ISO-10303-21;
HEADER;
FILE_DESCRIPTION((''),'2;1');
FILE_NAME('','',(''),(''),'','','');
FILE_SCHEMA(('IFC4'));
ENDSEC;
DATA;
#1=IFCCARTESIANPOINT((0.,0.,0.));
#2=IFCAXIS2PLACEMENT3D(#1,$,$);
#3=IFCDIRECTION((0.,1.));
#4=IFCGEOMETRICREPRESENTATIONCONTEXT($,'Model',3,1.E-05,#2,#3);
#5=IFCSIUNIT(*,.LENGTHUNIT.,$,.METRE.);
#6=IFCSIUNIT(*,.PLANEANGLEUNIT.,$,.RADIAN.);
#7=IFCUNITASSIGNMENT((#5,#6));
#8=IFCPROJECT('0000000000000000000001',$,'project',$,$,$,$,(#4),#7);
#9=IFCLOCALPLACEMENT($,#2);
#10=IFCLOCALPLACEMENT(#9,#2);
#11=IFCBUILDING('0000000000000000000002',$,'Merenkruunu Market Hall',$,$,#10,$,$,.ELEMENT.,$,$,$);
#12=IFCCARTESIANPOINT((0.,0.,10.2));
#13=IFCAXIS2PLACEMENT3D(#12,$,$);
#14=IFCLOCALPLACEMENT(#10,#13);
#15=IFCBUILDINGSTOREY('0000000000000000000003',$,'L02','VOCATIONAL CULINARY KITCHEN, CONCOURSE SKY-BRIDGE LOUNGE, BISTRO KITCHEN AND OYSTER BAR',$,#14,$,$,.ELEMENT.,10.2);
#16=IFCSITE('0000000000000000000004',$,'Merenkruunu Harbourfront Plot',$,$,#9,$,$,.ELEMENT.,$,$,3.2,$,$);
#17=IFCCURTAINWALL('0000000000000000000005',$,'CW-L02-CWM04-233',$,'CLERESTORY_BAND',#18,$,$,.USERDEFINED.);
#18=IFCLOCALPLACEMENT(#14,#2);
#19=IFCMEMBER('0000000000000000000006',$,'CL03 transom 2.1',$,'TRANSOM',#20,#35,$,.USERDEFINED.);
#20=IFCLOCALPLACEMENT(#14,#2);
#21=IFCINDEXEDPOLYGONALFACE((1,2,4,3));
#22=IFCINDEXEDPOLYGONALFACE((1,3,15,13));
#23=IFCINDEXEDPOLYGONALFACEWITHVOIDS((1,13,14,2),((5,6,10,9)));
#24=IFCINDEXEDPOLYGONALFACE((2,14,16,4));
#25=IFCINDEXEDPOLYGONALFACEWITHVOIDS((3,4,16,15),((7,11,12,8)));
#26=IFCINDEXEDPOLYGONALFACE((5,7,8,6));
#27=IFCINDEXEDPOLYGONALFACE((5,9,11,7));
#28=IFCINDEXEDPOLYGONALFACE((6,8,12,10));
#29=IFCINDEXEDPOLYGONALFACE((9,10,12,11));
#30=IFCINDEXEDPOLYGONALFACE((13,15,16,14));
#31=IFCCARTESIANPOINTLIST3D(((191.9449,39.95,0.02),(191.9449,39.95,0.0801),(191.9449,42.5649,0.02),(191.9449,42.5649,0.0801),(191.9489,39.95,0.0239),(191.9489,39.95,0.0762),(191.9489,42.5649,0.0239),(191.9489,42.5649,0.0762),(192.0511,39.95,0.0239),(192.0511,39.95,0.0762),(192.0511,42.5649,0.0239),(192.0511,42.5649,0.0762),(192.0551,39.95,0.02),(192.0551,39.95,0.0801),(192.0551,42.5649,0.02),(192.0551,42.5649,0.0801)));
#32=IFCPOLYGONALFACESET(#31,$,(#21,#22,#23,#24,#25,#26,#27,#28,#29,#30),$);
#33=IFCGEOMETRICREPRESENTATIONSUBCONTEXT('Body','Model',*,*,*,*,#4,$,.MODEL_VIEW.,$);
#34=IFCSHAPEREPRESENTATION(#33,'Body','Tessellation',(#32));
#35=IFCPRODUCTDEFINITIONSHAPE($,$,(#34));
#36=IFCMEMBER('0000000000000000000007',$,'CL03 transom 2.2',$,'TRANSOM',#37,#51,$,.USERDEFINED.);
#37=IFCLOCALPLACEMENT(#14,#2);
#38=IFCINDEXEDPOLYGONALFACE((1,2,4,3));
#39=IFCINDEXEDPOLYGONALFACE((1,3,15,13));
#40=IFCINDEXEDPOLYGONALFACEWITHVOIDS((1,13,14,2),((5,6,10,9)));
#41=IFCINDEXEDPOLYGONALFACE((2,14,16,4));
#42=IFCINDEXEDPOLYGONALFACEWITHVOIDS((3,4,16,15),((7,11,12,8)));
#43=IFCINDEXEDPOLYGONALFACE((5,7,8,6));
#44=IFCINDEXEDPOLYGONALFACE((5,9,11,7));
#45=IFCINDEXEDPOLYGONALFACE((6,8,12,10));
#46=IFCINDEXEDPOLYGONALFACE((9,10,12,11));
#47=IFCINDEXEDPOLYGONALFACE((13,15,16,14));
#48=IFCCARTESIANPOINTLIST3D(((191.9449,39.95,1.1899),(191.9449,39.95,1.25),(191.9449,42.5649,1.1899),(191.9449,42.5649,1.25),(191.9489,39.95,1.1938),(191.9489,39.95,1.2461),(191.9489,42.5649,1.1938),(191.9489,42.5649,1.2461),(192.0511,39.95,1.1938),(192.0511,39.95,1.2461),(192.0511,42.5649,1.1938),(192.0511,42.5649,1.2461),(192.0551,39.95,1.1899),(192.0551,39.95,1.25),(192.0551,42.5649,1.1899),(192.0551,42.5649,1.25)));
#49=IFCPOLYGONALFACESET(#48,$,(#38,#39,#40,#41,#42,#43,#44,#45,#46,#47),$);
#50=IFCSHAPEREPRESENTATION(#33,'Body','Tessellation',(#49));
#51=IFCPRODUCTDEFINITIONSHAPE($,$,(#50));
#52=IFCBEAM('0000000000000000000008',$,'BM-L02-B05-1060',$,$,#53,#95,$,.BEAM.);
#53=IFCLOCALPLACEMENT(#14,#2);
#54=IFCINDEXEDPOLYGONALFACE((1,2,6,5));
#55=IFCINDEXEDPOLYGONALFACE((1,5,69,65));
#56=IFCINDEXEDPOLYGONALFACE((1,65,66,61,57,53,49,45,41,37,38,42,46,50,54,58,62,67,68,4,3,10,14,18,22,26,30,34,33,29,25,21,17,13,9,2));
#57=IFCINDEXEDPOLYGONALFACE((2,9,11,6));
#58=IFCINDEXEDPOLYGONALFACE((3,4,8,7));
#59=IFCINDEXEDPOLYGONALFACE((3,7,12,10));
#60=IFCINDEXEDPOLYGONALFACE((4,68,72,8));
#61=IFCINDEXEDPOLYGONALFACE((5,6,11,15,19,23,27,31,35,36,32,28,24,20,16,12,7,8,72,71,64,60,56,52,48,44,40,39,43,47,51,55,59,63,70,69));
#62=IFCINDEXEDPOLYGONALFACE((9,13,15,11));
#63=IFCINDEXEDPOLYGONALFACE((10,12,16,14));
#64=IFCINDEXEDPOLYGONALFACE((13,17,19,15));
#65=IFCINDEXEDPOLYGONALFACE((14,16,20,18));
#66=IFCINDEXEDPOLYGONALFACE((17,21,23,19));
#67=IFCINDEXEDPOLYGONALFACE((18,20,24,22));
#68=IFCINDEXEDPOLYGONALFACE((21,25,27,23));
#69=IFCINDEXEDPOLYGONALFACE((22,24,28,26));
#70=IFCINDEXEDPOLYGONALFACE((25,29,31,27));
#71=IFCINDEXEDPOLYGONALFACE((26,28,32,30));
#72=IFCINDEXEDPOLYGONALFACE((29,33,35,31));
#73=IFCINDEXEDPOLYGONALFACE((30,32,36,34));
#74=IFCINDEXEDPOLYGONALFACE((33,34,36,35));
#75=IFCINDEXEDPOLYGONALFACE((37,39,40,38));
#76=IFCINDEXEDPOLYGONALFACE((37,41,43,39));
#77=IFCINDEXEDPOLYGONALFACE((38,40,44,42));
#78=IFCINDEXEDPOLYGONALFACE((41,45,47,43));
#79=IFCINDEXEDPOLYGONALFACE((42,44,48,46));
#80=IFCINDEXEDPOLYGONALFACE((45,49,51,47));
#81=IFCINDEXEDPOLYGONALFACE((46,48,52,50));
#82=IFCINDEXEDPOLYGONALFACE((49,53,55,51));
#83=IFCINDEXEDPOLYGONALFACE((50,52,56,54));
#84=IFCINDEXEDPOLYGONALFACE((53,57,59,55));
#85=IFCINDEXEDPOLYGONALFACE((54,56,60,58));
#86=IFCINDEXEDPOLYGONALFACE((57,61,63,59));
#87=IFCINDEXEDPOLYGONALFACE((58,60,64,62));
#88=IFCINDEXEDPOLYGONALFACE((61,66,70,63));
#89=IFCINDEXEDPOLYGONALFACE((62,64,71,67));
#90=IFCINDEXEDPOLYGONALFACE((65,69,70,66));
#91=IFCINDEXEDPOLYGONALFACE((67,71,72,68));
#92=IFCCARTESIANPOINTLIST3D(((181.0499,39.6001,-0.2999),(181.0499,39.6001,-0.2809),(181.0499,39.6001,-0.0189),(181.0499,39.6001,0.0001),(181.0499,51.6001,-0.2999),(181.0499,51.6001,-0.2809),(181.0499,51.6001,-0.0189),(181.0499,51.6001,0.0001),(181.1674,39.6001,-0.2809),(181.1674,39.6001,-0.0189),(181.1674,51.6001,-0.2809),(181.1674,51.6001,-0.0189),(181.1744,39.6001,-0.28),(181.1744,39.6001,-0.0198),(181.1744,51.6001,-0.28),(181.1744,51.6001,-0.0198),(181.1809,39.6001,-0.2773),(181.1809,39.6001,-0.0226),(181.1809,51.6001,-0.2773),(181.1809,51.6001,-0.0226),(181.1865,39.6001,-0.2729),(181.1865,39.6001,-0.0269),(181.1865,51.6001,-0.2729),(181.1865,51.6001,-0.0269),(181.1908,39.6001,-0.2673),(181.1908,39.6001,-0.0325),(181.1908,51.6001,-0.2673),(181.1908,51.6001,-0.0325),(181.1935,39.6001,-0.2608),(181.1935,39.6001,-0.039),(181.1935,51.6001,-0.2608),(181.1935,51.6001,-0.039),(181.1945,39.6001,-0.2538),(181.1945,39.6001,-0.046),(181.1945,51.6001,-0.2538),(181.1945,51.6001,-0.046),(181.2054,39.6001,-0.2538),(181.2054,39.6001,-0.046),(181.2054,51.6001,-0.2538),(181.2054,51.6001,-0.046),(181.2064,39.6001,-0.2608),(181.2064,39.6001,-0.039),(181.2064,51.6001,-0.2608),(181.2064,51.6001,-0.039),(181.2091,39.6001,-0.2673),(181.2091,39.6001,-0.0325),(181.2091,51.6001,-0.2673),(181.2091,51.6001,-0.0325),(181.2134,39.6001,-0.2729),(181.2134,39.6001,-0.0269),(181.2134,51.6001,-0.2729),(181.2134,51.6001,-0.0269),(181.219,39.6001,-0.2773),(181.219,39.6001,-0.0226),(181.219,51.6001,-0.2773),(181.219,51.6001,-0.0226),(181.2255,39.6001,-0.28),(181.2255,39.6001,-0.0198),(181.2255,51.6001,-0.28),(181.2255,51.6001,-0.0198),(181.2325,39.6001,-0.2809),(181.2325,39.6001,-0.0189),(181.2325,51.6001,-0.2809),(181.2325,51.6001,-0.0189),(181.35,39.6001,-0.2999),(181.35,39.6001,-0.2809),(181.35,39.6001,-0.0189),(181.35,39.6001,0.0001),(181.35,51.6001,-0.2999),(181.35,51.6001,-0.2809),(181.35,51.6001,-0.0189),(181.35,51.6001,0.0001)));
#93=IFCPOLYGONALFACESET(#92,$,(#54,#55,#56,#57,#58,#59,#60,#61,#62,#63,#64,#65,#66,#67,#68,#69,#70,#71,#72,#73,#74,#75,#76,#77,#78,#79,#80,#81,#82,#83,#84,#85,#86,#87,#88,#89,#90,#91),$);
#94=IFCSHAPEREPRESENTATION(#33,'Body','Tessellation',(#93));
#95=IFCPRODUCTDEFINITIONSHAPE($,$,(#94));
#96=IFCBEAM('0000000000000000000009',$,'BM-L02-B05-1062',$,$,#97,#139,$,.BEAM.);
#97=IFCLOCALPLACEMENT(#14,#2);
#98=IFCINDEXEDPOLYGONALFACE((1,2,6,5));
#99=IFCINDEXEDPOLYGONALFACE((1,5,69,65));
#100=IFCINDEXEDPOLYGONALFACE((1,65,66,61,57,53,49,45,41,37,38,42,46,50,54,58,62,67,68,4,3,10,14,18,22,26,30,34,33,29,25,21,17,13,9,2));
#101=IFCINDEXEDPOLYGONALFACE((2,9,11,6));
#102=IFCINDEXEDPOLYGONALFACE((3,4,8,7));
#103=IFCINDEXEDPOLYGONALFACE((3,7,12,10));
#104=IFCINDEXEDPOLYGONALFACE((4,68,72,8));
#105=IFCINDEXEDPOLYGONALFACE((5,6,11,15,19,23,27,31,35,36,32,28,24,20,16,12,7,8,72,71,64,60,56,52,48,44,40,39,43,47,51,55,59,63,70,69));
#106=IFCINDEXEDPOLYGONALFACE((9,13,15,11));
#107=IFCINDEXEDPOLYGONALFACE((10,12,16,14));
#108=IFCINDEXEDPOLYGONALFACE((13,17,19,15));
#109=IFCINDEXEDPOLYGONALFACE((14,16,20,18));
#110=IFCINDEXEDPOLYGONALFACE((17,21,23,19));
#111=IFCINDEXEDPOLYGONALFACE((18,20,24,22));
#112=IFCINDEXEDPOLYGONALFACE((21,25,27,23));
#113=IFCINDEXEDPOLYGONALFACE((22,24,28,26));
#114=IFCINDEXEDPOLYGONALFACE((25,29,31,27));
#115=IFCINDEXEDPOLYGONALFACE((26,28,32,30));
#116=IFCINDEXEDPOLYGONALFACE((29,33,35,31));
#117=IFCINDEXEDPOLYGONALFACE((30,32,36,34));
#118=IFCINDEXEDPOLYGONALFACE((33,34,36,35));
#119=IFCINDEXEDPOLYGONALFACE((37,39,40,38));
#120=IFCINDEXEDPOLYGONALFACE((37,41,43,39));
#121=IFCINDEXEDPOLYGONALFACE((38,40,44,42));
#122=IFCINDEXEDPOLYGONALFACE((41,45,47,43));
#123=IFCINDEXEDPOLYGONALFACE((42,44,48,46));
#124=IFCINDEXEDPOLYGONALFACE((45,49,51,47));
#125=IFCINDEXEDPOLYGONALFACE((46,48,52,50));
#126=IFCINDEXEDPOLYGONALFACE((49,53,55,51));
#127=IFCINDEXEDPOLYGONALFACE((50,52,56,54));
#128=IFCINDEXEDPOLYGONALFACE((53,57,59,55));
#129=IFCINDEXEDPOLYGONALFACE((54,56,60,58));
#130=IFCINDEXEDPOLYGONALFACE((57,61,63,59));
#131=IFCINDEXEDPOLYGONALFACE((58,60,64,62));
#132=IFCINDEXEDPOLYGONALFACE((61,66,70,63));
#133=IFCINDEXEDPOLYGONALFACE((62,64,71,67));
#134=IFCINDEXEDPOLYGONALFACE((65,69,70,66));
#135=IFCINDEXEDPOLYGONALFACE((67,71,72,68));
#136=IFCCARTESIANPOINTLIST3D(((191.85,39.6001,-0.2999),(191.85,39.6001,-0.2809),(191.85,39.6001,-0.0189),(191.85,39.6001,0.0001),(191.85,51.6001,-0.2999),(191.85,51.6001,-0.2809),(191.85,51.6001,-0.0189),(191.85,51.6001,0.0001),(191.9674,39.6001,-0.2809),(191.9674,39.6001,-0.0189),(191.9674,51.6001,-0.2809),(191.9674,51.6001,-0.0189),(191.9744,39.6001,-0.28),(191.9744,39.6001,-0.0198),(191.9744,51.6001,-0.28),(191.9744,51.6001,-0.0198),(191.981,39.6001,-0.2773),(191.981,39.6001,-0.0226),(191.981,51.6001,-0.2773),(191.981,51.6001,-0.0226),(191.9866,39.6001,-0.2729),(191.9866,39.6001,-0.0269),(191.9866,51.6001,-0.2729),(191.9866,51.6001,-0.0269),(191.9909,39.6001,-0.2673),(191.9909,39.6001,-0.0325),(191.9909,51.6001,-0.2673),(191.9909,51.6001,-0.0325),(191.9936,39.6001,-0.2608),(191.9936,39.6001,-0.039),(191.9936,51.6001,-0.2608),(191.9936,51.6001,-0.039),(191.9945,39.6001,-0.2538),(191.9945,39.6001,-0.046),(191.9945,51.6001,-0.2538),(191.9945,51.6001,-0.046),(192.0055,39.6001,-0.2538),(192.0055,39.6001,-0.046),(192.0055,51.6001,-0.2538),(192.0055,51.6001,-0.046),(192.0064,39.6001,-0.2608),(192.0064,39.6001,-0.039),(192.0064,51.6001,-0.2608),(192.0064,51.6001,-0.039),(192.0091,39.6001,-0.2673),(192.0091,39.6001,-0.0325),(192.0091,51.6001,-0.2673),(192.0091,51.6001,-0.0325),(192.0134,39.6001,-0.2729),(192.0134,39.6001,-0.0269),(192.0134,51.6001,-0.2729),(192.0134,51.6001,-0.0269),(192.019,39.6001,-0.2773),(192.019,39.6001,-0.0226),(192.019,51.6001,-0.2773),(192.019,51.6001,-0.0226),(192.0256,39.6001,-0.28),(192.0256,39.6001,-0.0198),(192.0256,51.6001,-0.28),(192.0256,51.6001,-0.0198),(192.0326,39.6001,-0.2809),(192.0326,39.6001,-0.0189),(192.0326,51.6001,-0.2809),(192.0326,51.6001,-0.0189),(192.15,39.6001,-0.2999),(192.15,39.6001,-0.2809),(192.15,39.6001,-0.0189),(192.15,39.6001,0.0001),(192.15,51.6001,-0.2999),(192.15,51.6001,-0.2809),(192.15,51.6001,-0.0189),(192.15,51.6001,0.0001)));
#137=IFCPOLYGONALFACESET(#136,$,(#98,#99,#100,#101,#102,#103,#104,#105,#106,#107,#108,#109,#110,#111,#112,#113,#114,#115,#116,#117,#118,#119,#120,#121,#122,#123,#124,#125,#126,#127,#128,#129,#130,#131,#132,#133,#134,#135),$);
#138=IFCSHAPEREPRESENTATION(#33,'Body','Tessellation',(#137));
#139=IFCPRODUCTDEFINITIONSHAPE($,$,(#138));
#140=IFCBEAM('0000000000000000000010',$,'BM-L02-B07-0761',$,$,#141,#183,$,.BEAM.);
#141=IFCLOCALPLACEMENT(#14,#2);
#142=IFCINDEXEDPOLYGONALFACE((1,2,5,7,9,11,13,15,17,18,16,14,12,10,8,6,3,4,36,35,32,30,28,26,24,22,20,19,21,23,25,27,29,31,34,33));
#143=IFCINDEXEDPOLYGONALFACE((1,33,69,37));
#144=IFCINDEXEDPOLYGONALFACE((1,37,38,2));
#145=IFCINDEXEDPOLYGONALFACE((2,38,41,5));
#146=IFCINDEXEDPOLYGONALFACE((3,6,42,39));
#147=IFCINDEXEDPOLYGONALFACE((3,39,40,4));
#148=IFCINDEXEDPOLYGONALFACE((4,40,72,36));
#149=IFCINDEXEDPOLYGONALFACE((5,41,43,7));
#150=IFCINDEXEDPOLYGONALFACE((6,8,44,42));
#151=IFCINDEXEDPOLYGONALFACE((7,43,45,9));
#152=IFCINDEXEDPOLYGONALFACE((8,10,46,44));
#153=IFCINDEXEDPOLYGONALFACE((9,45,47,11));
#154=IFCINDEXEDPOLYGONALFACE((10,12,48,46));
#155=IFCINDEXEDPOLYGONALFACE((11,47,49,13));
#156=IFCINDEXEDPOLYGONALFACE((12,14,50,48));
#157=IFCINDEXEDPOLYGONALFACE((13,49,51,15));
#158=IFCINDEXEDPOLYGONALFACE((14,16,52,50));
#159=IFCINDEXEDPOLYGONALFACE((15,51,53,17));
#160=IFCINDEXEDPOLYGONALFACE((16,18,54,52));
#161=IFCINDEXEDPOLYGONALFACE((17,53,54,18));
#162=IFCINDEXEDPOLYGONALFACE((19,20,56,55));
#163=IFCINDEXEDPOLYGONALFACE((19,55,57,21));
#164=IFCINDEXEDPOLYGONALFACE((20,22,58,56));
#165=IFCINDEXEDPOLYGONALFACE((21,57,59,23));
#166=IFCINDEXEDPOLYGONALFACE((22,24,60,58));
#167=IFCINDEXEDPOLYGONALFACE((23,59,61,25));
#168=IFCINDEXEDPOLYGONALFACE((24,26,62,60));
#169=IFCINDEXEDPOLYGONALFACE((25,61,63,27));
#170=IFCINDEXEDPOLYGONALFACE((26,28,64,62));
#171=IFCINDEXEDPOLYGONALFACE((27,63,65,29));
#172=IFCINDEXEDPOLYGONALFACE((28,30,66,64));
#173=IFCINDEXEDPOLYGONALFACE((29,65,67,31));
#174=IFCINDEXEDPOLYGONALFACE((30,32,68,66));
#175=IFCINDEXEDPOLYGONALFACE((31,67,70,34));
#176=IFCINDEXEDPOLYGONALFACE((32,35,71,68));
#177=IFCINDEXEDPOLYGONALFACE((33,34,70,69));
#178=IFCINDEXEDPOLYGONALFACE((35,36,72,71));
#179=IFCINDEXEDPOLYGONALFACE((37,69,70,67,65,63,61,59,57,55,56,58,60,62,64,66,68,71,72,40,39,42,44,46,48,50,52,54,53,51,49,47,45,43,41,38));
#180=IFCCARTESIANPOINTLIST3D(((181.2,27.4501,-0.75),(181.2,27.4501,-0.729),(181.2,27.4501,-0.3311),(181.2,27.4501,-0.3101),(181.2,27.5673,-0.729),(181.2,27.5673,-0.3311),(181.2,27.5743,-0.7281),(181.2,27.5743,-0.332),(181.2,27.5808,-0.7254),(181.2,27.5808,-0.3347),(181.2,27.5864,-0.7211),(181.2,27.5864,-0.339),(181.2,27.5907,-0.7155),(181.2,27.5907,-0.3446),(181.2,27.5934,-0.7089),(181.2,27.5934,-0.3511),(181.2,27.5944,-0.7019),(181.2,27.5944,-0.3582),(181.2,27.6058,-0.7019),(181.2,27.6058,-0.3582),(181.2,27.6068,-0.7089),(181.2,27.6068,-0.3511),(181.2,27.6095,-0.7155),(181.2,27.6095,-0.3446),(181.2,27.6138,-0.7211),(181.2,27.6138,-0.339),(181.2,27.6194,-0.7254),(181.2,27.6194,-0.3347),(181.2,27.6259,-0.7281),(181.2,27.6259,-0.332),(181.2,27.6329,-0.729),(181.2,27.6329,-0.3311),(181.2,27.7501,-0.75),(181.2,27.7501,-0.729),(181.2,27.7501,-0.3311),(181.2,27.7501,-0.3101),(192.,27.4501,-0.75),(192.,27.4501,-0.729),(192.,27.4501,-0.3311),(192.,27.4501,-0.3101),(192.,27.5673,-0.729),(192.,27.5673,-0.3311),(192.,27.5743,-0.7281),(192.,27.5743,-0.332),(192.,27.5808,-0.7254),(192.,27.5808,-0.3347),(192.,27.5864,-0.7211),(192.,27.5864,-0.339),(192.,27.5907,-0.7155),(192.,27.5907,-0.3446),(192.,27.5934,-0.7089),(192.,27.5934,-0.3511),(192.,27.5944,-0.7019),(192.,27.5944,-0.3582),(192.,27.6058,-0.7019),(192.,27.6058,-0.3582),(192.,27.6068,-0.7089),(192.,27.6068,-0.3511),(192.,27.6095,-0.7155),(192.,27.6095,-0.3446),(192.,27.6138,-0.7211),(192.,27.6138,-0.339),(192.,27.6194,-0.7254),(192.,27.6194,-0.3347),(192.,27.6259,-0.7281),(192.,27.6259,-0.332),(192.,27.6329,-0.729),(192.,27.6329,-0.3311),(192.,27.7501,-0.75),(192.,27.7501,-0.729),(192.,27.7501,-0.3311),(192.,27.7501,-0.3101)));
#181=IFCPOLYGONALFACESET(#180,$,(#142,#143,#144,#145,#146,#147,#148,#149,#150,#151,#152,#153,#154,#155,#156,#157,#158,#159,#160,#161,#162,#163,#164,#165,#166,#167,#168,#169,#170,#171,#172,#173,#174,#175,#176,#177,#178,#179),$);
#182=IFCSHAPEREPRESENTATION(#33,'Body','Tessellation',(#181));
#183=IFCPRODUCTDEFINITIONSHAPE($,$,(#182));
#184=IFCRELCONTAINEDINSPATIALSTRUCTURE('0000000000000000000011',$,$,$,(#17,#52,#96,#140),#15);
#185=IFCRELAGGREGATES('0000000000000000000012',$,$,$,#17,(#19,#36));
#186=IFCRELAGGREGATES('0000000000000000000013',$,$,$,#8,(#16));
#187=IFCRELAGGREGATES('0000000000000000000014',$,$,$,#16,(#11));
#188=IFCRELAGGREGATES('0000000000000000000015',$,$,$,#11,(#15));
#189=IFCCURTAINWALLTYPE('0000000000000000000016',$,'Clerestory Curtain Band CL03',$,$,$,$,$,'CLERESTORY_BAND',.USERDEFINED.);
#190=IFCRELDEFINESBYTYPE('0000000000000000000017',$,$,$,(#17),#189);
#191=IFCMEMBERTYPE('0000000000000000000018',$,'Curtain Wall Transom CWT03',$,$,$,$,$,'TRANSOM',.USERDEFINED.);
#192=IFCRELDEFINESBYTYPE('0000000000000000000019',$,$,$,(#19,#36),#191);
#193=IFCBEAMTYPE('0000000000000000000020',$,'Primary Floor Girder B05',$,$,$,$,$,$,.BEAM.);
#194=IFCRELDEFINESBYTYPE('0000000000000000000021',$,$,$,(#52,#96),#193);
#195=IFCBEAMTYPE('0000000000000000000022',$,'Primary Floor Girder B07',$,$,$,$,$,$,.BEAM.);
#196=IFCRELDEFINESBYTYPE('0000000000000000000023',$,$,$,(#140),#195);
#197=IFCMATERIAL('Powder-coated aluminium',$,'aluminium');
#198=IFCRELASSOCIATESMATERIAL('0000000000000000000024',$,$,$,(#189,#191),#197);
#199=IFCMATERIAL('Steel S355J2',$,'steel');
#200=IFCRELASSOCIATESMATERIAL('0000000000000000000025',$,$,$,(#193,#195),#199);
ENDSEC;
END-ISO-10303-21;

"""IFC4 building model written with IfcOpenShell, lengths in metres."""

from ifc_helpers import new_model, si_unit, direction, frame, origin, origin_2d, place, context, subcontext, project, spatial, hollow_rectangle, i_section, extrude, material, material_profile, profile_set, type_object, element, aggregate, save


model = new_model("IFC4")

# Units and contexts
model_context = context("Model", 3, precision=1e-05, world=origin(), true_north=direction((0.0, 1.0)))
body_context = subcontext(model_context, "Body", "Model", "MODEL_VIEW")
ifc_project = project(units=[si_unit("LENGTHUNIT", "METRE"), si_unit("PLANEANGLEUNIT", "RADIAN")], contexts=[model_context])

# Site, building, storey
site_placement = place(None, origin())
site = spatial("IfcSite", under=ifc_project, at=site_placement, Name="Merenkruunu Harbourfront Plot", CompositionType="ELEMENT", RefElevation=3.2)
building_placement = place(site_placement, origin())
building = spatial("IfcBuilding", under=site, at=building_placement, Name="Merenkruunu Market Hall", CompositionType="ELEMENT")
storey_placement = place(building_placement, frame((0.0, 0.0, 10.2)))
storey = spatial("IfcBuildingStorey", under=building, at=storey_placement, Name="L02", Description="VOCATIONAL CULINARY KITCHEN, CONCOURSE SKY-BRIDGE LOUNGE, BISTRO KITCHEN AND OYSTER BAR", CompositionType="ELEMENT", Elevation=10.2)

# Shared definitions
ifc_material_1 = material(Name="Steel S355J2", Category="steel")

# Curtain wall, members
ifc_material_2 = material(Name="Powder-coated aluminium", Category="aluminium")
curtain_wall_type = type_object("IfcCurtainWallType", Name="Clerestory Curtain Band CL03", ElementType="CLERESTORY_BAND", PredefinedType="USERDEFINED", material=ifc_material_2)
curtain_wall_placement = place(storey_placement, origin())
curtain_wall = element("IfcCurtainWall", 1, at=curtain_wall_placement, inside=storey, type_object=curtain_wall_type, Name="CW-L02-CWM04-233", ObjectType="CLERESTORY_BAND", PredefinedType="USERDEFINED")
ifc_material_profile_1 = material_profile(ifc_material_2, hollow_rectangle(XDim=0.0601, YDim=0.1101, WallThickness=0.0039, at=origin_2d()), Name="ALU 60x110x4")
ifc_profile_set_1 = profile_set([ifc_material_profile_1], Name="Powder-coated aluminium")
member_type_1 = type_object("IfcMemberType", Name="Curtain Wall Transom CWT03", ElementType="TRANSOM", PredefinedType="USERDEFINED", material=ifc_profile_set_1)
member_1_placement = place(storey_placement, frame((192.0, 42.5649, 0.05), z_axis=(0.0, -1.0, 0.0), x_axis=(0.0, 0.0, 1.0)))
member_1 = element("IfcMember", 2, at=member_1_placement, type_object=member_type_1, Name="CL03 transom 2.1", ObjectType="TRANSOM", PredefinedType="USERDEFINED", context=body_context, shape_type="SweptSolid", body=[
    extrude(hollow_rectangle(XDim=0.0601, YDim=0.1101, WallThickness=0.0039, at=origin_2d()), origin(), (0.0, 0.0, 1.0), 2.615),
])
member_2_placement = place(storey_placement, frame((192.0, 42.5649, 1.22), z_axis=(0.0, -1.0, 0.0), x_axis=(0.0, 0.0, 1.0)))
member_2 = element("IfcMember", 3, at=member_2_placement, type_object=member_type_1, Name="CL03 transom 2.2", ObjectType="TRANSOM", PredefinedType="USERDEFINED", context=body_context, shape_type="SweptSolid", body=[
    extrude(hollow_rectangle(XDim=0.0601, YDim=0.1101, WallThickness=0.0039, at=origin_2d()), origin(), (0.0, 0.0, 1.0), 2.615),
])

# Beams
ifc_material_profile_2 = material_profile(ifc_material_1, i_section(OverallWidth=0.3, OverallDepth=0.3, WebThickness=0.011, FlangeThickness=0.019, FilletRadius=0.0271, at=origin_2d()), Name="HEB 300")
ifc_profile_set_2 = profile_set([ifc_material_profile_2], Name="Steel S355J2")
beam_type_1 = type_object("IfcBeamType", Name="Primary Floor Girder B05", PredefinedType="BEAM", material=ifc_profile_set_2)
for number, where, z_axis, x_axis, name in (
    (4, (181.2, 39.6001, -0.1499), (0.0, 1.0, 0.0), (-1.0, 0.0, 0.0), "BM-L02-B05-1060"),
    (5, (192.0, 39.6001, -0.1499), (0.0, 1.0, 0.0), (-1.0, 0.0, 0.0), "BM-L02-B05-1062"),
):
    element("IfcBeam", number, at=place(storey_placement, frame(where, z_axis=z_axis, x_axis=x_axis)), inside=storey, type_object=beam_type_1, Name=name, PredefinedType="BEAM", context=body_context, shape_type="SweptSolid", body=[
        extrude(i_section(OverallWidth=0.3, OverallDepth=0.3, WebThickness=0.011, FlangeThickness=0.019, FilletRadius=0.0271, at=origin_2d()), origin(), (0.0, 0.0, 1.0), 12.0),
    ])
ifc_material_profile_3 = material_profile(ifc_material_1, i_section(OverallWidth=0.3, OverallDepth=0.4399, WebThickness=0.0115, FlangeThickness=0.021, FilletRadius=0.0271, at=origin_2d()), Name="HEA 450")
ifc_profile_set_3 = profile_set([ifc_material_profile_3], Name="Steel S355J2")
beam_type_2 = type_object("IfcBeamType", Name="Primary Floor Girder B07", PredefinedType="BEAM", material=ifc_profile_set_3)
for number, where, z_axis, x_axis, name in (
    (6, (181.2, 27.6001, -0.53), (1.0, 0.0, 0.0), (0.0, 1.0, 0.0), "BM-L02-B07-0761"),
):
    element("IfcBeam", number, at=place(storey_placement, frame(where, z_axis=z_axis, x_axis=x_axis)), inside=storey, type_object=beam_type_2, Name=name, PredefinedType="BEAM", context=body_context, shape_type="SweptSolid", body=[
        extrude(i_section(OverallWidth=0.3, OverallDepth=0.4399, WebThickness=0.0115, FlangeThickness=0.021, FilletRadius=0.0271, at=origin_2d()), origin(), (0.0, 0.0, 1.0), 10.8),
    ])

aggregate(curtain_wall, [member_1, member_2])

save(model, "model.ifc")
